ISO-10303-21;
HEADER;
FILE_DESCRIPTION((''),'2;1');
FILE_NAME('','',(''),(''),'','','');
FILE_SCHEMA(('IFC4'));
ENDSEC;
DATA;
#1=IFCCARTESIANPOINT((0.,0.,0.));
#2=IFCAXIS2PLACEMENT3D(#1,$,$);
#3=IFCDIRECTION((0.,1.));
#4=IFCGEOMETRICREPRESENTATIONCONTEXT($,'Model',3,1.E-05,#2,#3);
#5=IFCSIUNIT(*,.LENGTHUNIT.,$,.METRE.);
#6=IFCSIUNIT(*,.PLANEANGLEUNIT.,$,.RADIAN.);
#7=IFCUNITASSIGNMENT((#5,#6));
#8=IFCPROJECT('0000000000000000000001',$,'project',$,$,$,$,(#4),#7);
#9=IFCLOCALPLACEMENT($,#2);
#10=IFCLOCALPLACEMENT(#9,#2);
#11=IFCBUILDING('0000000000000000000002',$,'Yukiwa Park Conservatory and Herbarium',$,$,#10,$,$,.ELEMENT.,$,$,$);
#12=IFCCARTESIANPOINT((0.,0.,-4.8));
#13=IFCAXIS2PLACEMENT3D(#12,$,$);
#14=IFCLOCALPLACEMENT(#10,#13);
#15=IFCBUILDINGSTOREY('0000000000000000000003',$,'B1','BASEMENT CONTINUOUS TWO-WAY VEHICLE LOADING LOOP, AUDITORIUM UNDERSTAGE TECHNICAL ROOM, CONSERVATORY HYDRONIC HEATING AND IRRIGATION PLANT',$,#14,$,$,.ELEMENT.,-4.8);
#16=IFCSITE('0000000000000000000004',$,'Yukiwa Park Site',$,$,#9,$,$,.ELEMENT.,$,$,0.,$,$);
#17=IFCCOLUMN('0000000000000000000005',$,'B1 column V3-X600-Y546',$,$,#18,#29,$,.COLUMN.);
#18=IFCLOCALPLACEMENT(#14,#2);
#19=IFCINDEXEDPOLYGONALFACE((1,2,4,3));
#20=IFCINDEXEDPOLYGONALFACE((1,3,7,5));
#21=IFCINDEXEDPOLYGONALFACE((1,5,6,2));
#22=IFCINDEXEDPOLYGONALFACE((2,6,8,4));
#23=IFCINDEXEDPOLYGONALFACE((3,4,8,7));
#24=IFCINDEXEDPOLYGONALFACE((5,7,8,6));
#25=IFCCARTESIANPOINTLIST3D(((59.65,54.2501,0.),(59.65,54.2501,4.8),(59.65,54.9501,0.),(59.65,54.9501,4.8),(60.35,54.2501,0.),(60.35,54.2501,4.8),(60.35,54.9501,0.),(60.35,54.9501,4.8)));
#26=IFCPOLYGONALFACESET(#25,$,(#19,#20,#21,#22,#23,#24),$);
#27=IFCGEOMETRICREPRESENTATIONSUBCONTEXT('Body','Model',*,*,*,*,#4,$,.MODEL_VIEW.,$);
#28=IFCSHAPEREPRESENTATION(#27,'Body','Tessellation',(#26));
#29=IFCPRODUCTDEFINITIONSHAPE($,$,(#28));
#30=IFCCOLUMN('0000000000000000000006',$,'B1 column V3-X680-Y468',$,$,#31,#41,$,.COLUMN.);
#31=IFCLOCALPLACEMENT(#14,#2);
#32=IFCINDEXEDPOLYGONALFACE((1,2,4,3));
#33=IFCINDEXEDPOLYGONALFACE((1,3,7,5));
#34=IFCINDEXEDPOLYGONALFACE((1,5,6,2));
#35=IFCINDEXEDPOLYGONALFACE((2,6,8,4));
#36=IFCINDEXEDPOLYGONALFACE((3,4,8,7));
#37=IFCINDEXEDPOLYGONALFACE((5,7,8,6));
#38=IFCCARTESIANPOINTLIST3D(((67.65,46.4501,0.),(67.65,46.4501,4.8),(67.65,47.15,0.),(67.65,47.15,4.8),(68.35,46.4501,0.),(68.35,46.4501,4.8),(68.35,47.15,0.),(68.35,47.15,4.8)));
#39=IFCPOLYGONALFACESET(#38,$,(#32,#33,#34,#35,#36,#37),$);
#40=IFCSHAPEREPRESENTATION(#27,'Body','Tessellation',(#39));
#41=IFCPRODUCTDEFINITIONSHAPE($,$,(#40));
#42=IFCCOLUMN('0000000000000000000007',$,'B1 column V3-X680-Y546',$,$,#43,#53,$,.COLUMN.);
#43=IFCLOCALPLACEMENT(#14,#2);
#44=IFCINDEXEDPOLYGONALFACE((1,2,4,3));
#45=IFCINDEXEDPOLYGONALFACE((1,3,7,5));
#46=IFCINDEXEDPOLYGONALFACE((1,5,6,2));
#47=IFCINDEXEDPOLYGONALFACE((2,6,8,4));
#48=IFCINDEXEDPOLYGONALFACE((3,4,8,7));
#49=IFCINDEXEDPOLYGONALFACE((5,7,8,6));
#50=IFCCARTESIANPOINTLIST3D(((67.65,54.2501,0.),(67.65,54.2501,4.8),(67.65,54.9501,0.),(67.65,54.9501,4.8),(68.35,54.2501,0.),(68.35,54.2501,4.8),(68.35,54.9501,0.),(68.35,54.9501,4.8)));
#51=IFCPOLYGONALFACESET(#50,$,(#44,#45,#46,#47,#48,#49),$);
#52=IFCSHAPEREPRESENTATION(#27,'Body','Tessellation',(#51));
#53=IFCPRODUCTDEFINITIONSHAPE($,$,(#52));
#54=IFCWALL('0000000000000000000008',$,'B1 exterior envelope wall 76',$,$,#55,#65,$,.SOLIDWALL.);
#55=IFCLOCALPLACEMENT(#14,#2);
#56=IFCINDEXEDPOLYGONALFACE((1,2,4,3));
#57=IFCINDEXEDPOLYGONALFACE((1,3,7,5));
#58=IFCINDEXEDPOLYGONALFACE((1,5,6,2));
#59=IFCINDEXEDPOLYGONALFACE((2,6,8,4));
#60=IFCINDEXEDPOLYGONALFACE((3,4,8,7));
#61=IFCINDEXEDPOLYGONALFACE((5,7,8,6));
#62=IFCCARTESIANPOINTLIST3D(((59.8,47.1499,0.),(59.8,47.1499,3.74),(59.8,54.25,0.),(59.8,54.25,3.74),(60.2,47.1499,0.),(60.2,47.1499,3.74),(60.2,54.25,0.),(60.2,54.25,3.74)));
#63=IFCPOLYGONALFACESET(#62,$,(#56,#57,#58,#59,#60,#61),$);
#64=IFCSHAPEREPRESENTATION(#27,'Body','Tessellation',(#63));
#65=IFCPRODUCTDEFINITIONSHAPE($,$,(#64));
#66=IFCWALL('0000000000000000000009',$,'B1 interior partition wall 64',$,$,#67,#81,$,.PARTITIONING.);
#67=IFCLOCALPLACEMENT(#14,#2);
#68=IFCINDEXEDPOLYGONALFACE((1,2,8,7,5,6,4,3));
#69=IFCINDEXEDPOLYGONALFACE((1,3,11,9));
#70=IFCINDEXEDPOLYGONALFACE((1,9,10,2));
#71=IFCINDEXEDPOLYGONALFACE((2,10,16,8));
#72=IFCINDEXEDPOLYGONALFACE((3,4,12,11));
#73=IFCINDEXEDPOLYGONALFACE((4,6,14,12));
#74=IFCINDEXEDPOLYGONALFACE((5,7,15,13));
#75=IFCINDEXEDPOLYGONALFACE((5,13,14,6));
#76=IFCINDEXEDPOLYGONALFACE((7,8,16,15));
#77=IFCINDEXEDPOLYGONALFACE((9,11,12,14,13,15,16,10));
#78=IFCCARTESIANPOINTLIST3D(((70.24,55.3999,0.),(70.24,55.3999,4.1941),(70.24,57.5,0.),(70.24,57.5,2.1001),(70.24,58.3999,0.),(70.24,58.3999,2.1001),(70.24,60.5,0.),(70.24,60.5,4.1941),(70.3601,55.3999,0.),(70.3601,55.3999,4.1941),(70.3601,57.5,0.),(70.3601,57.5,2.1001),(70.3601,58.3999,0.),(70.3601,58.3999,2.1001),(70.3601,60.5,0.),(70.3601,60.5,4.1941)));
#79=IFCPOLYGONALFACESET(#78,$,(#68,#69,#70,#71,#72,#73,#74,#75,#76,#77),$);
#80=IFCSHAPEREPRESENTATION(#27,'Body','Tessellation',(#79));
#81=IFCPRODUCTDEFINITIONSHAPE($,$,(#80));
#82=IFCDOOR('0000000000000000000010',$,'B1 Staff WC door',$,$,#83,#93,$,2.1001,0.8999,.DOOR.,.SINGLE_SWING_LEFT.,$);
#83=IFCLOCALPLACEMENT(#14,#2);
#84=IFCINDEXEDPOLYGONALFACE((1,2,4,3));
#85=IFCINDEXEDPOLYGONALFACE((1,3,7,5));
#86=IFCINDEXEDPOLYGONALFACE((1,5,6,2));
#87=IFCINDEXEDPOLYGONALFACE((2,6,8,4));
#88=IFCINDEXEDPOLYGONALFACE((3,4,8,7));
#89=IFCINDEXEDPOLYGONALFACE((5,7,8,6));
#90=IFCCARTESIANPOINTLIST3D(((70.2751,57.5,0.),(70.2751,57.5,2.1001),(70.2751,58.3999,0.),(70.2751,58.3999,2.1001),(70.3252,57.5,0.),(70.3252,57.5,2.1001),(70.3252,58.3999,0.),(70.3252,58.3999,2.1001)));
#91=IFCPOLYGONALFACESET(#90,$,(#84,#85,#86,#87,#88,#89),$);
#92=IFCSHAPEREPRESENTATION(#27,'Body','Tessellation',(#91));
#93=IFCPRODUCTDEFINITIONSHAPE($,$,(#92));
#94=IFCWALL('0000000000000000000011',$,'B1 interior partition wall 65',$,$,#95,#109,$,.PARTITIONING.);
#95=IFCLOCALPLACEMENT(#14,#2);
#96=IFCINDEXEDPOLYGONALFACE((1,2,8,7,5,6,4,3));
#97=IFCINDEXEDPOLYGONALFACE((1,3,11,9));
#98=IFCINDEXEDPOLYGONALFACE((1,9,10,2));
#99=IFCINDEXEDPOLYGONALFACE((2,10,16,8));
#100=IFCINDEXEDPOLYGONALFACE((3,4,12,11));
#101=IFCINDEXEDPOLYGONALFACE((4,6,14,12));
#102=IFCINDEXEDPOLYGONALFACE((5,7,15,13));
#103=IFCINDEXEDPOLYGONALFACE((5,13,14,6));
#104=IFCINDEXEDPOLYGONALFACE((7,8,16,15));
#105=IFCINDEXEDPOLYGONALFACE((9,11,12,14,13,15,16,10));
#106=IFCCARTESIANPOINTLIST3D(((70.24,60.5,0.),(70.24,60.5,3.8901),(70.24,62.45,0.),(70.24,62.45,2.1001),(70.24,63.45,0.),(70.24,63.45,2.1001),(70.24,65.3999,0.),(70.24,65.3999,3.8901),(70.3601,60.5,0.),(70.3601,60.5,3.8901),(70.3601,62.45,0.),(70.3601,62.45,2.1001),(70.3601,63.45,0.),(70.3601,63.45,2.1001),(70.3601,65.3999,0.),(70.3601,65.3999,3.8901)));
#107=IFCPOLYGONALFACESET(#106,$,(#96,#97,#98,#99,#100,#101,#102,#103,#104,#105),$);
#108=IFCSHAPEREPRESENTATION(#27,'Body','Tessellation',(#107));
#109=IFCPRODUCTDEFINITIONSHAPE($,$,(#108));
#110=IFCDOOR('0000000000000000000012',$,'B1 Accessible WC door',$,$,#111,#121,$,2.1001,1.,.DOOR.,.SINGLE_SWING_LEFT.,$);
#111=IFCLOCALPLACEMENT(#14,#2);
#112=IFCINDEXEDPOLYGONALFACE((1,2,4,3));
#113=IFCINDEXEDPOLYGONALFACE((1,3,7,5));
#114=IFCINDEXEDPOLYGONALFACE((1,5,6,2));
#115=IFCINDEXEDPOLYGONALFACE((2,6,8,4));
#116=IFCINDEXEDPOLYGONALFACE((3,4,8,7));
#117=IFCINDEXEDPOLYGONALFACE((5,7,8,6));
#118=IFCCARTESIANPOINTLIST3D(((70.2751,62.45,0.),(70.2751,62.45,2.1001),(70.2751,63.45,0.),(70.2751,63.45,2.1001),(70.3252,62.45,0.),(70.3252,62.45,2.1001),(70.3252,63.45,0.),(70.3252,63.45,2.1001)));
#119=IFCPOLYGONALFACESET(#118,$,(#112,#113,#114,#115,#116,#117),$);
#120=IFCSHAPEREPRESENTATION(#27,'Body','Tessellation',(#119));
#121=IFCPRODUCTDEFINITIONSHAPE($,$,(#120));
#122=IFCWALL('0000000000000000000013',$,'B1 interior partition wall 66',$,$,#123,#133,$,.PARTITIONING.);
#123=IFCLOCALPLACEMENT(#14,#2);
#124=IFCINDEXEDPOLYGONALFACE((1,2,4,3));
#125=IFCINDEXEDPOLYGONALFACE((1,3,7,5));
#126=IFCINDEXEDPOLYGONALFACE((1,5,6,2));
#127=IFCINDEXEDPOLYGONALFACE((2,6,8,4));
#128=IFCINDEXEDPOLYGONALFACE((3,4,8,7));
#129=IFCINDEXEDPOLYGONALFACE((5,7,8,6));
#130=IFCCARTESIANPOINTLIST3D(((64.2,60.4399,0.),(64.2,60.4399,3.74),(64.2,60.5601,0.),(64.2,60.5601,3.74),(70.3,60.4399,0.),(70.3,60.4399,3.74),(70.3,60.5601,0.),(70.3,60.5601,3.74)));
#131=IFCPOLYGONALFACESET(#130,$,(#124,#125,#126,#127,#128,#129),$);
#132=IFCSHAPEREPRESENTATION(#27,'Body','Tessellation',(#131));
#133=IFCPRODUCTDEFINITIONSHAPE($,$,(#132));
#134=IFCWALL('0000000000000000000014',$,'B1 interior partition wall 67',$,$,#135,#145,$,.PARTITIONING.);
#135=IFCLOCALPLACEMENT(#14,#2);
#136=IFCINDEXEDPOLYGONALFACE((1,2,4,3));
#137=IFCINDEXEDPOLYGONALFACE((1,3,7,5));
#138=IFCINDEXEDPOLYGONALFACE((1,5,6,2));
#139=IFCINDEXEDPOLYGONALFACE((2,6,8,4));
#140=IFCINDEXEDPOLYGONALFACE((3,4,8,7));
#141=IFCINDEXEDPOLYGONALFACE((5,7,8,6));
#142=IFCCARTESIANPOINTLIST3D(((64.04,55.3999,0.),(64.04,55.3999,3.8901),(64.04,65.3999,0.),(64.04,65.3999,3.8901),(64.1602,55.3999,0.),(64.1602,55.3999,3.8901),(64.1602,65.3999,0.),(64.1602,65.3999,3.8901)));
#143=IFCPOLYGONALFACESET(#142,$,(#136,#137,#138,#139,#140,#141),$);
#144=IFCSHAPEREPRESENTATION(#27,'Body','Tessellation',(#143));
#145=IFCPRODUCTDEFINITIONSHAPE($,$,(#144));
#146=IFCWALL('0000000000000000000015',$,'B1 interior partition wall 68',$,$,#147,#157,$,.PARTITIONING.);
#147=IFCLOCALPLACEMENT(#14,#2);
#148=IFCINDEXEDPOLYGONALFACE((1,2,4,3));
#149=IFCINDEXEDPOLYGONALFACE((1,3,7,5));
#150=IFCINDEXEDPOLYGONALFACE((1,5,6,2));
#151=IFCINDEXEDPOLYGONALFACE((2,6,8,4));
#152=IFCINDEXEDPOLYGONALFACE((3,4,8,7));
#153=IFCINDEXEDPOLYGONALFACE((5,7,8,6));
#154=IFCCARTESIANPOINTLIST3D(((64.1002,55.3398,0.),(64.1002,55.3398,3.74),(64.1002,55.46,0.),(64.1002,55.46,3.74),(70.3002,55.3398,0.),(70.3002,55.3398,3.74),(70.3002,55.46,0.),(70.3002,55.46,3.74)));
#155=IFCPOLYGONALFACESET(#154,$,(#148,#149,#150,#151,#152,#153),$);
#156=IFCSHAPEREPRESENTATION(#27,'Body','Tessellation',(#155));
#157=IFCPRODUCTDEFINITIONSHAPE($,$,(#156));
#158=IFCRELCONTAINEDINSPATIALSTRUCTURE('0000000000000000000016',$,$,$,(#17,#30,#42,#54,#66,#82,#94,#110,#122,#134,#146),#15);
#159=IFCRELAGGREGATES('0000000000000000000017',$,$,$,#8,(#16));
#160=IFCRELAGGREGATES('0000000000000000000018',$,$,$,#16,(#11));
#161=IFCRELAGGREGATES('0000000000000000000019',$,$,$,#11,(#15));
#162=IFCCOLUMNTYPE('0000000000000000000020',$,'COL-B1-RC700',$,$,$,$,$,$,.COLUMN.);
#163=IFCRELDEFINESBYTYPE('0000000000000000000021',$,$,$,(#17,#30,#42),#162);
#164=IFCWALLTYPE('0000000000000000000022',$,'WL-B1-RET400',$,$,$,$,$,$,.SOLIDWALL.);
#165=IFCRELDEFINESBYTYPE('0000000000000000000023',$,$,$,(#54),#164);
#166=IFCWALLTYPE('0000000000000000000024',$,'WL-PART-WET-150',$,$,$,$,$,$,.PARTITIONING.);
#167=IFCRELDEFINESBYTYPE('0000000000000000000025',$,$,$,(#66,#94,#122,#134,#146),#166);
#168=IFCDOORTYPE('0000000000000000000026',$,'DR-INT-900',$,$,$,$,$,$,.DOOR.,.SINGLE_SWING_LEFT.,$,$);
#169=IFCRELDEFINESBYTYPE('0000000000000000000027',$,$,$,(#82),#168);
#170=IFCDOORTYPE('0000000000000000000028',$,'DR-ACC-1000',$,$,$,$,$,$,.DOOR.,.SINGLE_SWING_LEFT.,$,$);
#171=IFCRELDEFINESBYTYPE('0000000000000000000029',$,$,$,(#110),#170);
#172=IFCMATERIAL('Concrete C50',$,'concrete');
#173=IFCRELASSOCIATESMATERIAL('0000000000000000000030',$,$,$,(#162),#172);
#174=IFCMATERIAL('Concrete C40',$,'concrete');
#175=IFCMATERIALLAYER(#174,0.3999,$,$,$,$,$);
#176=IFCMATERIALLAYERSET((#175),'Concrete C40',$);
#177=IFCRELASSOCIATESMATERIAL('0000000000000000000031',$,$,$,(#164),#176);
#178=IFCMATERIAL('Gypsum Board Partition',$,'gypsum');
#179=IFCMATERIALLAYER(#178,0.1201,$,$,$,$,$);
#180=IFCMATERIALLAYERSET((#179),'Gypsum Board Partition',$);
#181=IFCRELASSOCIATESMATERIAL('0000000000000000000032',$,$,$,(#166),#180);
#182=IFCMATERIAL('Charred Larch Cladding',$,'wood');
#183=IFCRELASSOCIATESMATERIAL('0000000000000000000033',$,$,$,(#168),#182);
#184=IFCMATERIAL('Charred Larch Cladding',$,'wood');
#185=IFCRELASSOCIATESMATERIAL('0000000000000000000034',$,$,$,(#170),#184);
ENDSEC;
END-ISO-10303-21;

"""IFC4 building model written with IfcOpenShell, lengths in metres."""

from ifc_helpers import new_model, si_unit, direction, frame, frame_2d, origin, origin_2d, place, context, subcontext, project, spatial, rectangle, extrude, material, layer, layer_set, material_profile, profile_set, type_object, element, fill, save


model = new_model("IFC4")

# Units and contexts
model_context = context("Model", 3, precision=1e-05, world=origin(), true_north=direction((0.0, 1.0)))
body_context = subcontext(model_context, "Body", "Model", "MODEL_VIEW")
ifc_project = project(units=[si_unit("LENGTHUNIT", "METRE"), si_unit("PLANEANGLEUNIT", "RADIAN")], contexts=[model_context])

# Site, building, storey
site_placement = place(None, origin())
site = spatial("IfcSite", under=ifc_project, at=site_placement, Name="Yukiwa Park Site", CompositionType="ELEMENT", RefElevation=0.0)
building_placement = place(site_placement, origin())
building = spatial("IfcBuilding", under=site, at=building_placement, Name="Yukiwa Park Conservatory and Herbarium", CompositionType="ELEMENT")
storey_placement = place(building_placement, frame((0.0, 0.0, -4.8)))
storey = spatial("IfcBuildingStorey", under=building, at=storey_placement, Name="B1", Description="BASEMENT CONTINUOUS TWO-WAY VEHICLE LOADING LOOP, AUDITORIUM UNDERSTAGE TECHNICAL ROOM, CONSERVATORY HYDRONIC HEATING AND IRRIGATION PLANT", CompositionType="ELEMENT", Elevation=-4.8)

# Columns
ifc_material_1 = material(Name="Concrete C50", Category="concrete")
ifc_material_profile_1 = material_profile(ifc_material_1, rectangle(XDim=0.7, YDim=0.7, at=origin_2d()), Name="RC 700x700")
ifc_profile_set_1 = profile_set([ifc_material_profile_1], Name="Concrete C50")
column_type_1 = type_object("IfcColumnType", Name="COL-B1-RC700", PredefinedType="COLUMN", material=ifc_profile_set_1)
for number, where, z_axis, x_axis, name in (
    (1, (60.0, 54.6001, 0.0), (0.0, 0.0, 1.0), (1.0, 0.0, 0.0), "B1 column V3-X600-Y546"),
    (2, (68.0, 46.8, 0.0), (0.0, 0.0, 1.0), (1.0, 0.0, 0.0), "B1 column V3-X680-Y468"),
    (3, (68.0, 54.6001, 0.0), (0.0, 0.0, 1.0), (1.0, 0.0, 0.0), "B1 column V3-X680-Y546"),
):
    element("IfcColumn", number, at=place(storey_placement, frame(where, z_axis=z_axis, x_axis=x_axis)), inside=storey, type_object=column_type_1, Name=name, PredefinedType="COLUMN", context=body_context, shape_type="SweptSolid", body=[
        extrude(rectangle(XDim=0.7, YDim=0.7, at=origin_2d()), origin(), (0.0, 0.0, 1.0), 4.8),
    ])

# Wall
ifc_material_2 = material(Name="Concrete C40", Category="concrete")
ifc_layer_1 = layer(ifc_material_2, 0.3999)
ifc_layer_set_1 = layer_set([ifc_layer_1], Name="Concrete C40")
wall_type_1 = type_object("IfcWallType", Name="WL-B1-RET400", PredefinedType="SOLIDWALL", material=ifc_layer_set_1)
wall_1_placement = place(storey_placement, frame((60.0, 54.25, 0.0), z_axis=(0.0, 0.0, 1.0), x_axis=(0.0, -1.0, 0.0)))
element("IfcWall", 4, at=wall_1_placement, inside=storey, type_object=wall_type_1, Name="B1 exterior envelope wall 76", PredefinedType="SOLIDWALL", context=body_context, shape_type="SweptSolid", body=[
    extrude(rectangle(XDim=7.1001, YDim=0.3999, at=frame_2d((3.55, 0.0))), origin(), (0.0, 0.0, 1.0), 3.74),
])

# Walls, openings, doors
ifc_material_3 = material(Name="Gypsum Board Partition", Category="gypsum")
ifc_layer_2 = layer(ifc_material_3, 0.1201)
ifc_layer_set_2 = layer_set([ifc_layer_2], Name="Gypsum Board Partition")
wall_type_2 = type_object("IfcWallType", Name="WL-PART-WET-150", PredefinedType="PARTITIONING", material=ifc_layer_set_2)
wall_2_placement = place(storey_placement, frame((70.3, 55.3999, 0.0), z_axis=(0.0, 0.0, 1.0), x_axis=(0.0, 1.0, 0.0)))
wall_2 = element("IfcWall", 5, at=wall_2_placement, inside=storey, type_object=wall_type_2, Name="B1 interior partition wall 64", PredefinedType="PARTITIONING", context=body_context, shape_type="SweptSolid", body=[
    extrude(rectangle(XDim=5.1001, YDim=0.1201, at=frame_2d((2.55, 0.0))), origin(), (0.0, 0.0, 1.0), 4.1941),
])
opening_1_placement = place(wall_2_placement, frame((2.1001, 0.0, 0.0)))
opening_1 = element("IfcOpeningElement", 6, at=opening_1_placement, cuts=wall_2, PredefinedType="OPENING", context=body_context, shape_type="SweptSolid", body=[
    extrude(rectangle(XDim=0.8999, YDim=2.1001, at=frame_2d((0.45, 1.05))), frame((0.0, 0.0701, 0.0), z_axis=(0.0, -1.0, 0.0), x_axis=(1.0, 0.0, 0.0)), (0.0, 0.0, 1.0), 0.1401),
])
ifc_material_4 = material(Name="Charred Larch Cladding", Category="wood")
door_type_1 = type_object("IfcDoorType", Name="DR-INT-900", OperationType="SINGLE_SWING_LEFT", PredefinedType="DOOR", material=ifc_material_4)
door_1_placement = place(opening_1_placement, origin())
door_1 = element("IfcDoor", 7, at=door_1_placement, inside=storey, type_object=door_type_1, Name="B1 Staff WC door", OperationType="SINGLE_SWING_LEFT", OverallHeight=2.1001, OverallWidth=0.8999, PredefinedType="DOOR", context=body_context, shape_type="SweptSolid", body=[
    extrude(rectangle(XDim=0.8999, YDim=2.1001, at=frame_2d((0.45, 1.05))), frame((0.0, 0.0249, 0.0), z_axis=(0.0, -1.0, 0.0), x_axis=(1.0, 0.0, 0.0)), (0.0, 0.0, 1.0), 0.05),
])
fill(opening_1, door_1)
wall_3_placement = place(storey_placement, frame((70.3, 60.5, 0.0), z_axis=(0.0, 0.0, 1.0), x_axis=(0.0, 1.0, 0.0)))
wall_3 = element("IfcWall", 8, at=wall_3_placement, inside=storey, type_object=wall_type_2, Name="B1 interior partition wall 65", PredefinedType="PARTITIONING", context=body_context, shape_type="SweptSolid", body=[
    extrude(rectangle(XDim=4.8999, YDim=0.1201, at=frame_2d((2.45, 0.0))), origin(), (0.0, 0.0, 1.0), 3.8901),
])
opening_2_placement = place(wall_3_placement, frame((1.95, 0.0, 0.0)))
opening_2 = element("IfcOpeningElement", 9, at=opening_2_placement, cuts=wall_3, PredefinedType="OPENING", context=body_context, shape_type="SweptSolid", body=[
    extrude(rectangle(XDim=1.0, YDim=2.1001, at=frame_2d((0.5, 1.05))), frame((0.0, 0.0701, 0.0), z_axis=(0.0, -1.0, 0.0), x_axis=(1.0, 0.0, 0.0)), (0.0, 0.0, 1.0), 0.1401),
])
ifc_material_5 = material(Name="Charred Larch Cladding", Category="wood")
door_type_2 = type_object("IfcDoorType", Name="DR-ACC-1000", OperationType="SINGLE_SWING_LEFT", PredefinedType="DOOR", material=ifc_material_5)
door_2_placement = place(opening_2_placement, origin())
door_2 = element("IfcDoor", 10, at=door_2_placement, inside=storey, type_object=door_type_2, Name="B1 Accessible WC door", OperationType="SINGLE_SWING_LEFT", OverallHeight=2.1001, OverallWidth=1.0, PredefinedType="DOOR", context=body_context, shape_type="SweptSolid", body=[
    extrude(rectangle(XDim=1.0, YDim=2.1001, at=frame_2d((0.5, 1.05))), frame((0.0, 0.0249, 0.0), z_axis=(0.0, -1.0, 0.0), x_axis=(1.0, 0.0, 0.0)), (0.0, 0.0, 1.0), 0.05),
])
fill(opening_2, door_2)

# Walls
wall_4_placement = place(storey_placement, frame((64.2, 60.5, 0.0), z_axis=(0.0, 0.0, 1.0), x_axis=(1.0, 0.0, 0.0)))
element("IfcWall", 11, at=wall_4_placement, inside=storey, type_object=wall_type_2, Name="B1 interior partition wall 66", PredefinedType="PARTITIONING", context=body_context, shape_type="SweptSolid", body=[
    extrude(rectangle(XDim=6.1001, YDim=0.1201, at=frame_2d((3.05, 0.0))), origin(), (0.0, 0.0, 1.0), 3.74),
])
wall_5_placement = place(storey_placement, frame((64.1001, 55.3999, 0.0), z_axis=(0.0, 0.0, 1.0), x_axis=(0.0, 1.0, 0.0)))
element("IfcWall", 12, at=wall_5_placement, inside=storey, type_object=wall_type_2, Name="B1 interior partition wall 67", PredefinedType="PARTITIONING", context=body_context, shape_type="SweptSolid", body=[
    extrude(rectangle(XDim=10.0, YDim=0.1201, at=frame_2d((5.0, 0.0))), origin(), (0.0, 0.0, 1.0), 3.8901),
])
wall_6_placement = place(storey_placement, frame((64.1001, 55.3999, 0.0), z_axis=(0.0, 0.0, 1.0), x_axis=(1.0, 0.0, 0.0)))
element("IfcWall", 13, at=wall_6_placement, inside=storey, type_object=wall_type_2, Name="B1 interior partition wall 68", PredefinedType="PARTITIONING", context=body_context, shape_type="SweptSolid", body=[
    extrude(rectangle(XDim=6.2, YDim=0.1201, at=frame_2d((3.1001, 0.0))), origin(), (0.0, 0.0, 1.0), 3.74),
])

save(model, "model.ifc")
